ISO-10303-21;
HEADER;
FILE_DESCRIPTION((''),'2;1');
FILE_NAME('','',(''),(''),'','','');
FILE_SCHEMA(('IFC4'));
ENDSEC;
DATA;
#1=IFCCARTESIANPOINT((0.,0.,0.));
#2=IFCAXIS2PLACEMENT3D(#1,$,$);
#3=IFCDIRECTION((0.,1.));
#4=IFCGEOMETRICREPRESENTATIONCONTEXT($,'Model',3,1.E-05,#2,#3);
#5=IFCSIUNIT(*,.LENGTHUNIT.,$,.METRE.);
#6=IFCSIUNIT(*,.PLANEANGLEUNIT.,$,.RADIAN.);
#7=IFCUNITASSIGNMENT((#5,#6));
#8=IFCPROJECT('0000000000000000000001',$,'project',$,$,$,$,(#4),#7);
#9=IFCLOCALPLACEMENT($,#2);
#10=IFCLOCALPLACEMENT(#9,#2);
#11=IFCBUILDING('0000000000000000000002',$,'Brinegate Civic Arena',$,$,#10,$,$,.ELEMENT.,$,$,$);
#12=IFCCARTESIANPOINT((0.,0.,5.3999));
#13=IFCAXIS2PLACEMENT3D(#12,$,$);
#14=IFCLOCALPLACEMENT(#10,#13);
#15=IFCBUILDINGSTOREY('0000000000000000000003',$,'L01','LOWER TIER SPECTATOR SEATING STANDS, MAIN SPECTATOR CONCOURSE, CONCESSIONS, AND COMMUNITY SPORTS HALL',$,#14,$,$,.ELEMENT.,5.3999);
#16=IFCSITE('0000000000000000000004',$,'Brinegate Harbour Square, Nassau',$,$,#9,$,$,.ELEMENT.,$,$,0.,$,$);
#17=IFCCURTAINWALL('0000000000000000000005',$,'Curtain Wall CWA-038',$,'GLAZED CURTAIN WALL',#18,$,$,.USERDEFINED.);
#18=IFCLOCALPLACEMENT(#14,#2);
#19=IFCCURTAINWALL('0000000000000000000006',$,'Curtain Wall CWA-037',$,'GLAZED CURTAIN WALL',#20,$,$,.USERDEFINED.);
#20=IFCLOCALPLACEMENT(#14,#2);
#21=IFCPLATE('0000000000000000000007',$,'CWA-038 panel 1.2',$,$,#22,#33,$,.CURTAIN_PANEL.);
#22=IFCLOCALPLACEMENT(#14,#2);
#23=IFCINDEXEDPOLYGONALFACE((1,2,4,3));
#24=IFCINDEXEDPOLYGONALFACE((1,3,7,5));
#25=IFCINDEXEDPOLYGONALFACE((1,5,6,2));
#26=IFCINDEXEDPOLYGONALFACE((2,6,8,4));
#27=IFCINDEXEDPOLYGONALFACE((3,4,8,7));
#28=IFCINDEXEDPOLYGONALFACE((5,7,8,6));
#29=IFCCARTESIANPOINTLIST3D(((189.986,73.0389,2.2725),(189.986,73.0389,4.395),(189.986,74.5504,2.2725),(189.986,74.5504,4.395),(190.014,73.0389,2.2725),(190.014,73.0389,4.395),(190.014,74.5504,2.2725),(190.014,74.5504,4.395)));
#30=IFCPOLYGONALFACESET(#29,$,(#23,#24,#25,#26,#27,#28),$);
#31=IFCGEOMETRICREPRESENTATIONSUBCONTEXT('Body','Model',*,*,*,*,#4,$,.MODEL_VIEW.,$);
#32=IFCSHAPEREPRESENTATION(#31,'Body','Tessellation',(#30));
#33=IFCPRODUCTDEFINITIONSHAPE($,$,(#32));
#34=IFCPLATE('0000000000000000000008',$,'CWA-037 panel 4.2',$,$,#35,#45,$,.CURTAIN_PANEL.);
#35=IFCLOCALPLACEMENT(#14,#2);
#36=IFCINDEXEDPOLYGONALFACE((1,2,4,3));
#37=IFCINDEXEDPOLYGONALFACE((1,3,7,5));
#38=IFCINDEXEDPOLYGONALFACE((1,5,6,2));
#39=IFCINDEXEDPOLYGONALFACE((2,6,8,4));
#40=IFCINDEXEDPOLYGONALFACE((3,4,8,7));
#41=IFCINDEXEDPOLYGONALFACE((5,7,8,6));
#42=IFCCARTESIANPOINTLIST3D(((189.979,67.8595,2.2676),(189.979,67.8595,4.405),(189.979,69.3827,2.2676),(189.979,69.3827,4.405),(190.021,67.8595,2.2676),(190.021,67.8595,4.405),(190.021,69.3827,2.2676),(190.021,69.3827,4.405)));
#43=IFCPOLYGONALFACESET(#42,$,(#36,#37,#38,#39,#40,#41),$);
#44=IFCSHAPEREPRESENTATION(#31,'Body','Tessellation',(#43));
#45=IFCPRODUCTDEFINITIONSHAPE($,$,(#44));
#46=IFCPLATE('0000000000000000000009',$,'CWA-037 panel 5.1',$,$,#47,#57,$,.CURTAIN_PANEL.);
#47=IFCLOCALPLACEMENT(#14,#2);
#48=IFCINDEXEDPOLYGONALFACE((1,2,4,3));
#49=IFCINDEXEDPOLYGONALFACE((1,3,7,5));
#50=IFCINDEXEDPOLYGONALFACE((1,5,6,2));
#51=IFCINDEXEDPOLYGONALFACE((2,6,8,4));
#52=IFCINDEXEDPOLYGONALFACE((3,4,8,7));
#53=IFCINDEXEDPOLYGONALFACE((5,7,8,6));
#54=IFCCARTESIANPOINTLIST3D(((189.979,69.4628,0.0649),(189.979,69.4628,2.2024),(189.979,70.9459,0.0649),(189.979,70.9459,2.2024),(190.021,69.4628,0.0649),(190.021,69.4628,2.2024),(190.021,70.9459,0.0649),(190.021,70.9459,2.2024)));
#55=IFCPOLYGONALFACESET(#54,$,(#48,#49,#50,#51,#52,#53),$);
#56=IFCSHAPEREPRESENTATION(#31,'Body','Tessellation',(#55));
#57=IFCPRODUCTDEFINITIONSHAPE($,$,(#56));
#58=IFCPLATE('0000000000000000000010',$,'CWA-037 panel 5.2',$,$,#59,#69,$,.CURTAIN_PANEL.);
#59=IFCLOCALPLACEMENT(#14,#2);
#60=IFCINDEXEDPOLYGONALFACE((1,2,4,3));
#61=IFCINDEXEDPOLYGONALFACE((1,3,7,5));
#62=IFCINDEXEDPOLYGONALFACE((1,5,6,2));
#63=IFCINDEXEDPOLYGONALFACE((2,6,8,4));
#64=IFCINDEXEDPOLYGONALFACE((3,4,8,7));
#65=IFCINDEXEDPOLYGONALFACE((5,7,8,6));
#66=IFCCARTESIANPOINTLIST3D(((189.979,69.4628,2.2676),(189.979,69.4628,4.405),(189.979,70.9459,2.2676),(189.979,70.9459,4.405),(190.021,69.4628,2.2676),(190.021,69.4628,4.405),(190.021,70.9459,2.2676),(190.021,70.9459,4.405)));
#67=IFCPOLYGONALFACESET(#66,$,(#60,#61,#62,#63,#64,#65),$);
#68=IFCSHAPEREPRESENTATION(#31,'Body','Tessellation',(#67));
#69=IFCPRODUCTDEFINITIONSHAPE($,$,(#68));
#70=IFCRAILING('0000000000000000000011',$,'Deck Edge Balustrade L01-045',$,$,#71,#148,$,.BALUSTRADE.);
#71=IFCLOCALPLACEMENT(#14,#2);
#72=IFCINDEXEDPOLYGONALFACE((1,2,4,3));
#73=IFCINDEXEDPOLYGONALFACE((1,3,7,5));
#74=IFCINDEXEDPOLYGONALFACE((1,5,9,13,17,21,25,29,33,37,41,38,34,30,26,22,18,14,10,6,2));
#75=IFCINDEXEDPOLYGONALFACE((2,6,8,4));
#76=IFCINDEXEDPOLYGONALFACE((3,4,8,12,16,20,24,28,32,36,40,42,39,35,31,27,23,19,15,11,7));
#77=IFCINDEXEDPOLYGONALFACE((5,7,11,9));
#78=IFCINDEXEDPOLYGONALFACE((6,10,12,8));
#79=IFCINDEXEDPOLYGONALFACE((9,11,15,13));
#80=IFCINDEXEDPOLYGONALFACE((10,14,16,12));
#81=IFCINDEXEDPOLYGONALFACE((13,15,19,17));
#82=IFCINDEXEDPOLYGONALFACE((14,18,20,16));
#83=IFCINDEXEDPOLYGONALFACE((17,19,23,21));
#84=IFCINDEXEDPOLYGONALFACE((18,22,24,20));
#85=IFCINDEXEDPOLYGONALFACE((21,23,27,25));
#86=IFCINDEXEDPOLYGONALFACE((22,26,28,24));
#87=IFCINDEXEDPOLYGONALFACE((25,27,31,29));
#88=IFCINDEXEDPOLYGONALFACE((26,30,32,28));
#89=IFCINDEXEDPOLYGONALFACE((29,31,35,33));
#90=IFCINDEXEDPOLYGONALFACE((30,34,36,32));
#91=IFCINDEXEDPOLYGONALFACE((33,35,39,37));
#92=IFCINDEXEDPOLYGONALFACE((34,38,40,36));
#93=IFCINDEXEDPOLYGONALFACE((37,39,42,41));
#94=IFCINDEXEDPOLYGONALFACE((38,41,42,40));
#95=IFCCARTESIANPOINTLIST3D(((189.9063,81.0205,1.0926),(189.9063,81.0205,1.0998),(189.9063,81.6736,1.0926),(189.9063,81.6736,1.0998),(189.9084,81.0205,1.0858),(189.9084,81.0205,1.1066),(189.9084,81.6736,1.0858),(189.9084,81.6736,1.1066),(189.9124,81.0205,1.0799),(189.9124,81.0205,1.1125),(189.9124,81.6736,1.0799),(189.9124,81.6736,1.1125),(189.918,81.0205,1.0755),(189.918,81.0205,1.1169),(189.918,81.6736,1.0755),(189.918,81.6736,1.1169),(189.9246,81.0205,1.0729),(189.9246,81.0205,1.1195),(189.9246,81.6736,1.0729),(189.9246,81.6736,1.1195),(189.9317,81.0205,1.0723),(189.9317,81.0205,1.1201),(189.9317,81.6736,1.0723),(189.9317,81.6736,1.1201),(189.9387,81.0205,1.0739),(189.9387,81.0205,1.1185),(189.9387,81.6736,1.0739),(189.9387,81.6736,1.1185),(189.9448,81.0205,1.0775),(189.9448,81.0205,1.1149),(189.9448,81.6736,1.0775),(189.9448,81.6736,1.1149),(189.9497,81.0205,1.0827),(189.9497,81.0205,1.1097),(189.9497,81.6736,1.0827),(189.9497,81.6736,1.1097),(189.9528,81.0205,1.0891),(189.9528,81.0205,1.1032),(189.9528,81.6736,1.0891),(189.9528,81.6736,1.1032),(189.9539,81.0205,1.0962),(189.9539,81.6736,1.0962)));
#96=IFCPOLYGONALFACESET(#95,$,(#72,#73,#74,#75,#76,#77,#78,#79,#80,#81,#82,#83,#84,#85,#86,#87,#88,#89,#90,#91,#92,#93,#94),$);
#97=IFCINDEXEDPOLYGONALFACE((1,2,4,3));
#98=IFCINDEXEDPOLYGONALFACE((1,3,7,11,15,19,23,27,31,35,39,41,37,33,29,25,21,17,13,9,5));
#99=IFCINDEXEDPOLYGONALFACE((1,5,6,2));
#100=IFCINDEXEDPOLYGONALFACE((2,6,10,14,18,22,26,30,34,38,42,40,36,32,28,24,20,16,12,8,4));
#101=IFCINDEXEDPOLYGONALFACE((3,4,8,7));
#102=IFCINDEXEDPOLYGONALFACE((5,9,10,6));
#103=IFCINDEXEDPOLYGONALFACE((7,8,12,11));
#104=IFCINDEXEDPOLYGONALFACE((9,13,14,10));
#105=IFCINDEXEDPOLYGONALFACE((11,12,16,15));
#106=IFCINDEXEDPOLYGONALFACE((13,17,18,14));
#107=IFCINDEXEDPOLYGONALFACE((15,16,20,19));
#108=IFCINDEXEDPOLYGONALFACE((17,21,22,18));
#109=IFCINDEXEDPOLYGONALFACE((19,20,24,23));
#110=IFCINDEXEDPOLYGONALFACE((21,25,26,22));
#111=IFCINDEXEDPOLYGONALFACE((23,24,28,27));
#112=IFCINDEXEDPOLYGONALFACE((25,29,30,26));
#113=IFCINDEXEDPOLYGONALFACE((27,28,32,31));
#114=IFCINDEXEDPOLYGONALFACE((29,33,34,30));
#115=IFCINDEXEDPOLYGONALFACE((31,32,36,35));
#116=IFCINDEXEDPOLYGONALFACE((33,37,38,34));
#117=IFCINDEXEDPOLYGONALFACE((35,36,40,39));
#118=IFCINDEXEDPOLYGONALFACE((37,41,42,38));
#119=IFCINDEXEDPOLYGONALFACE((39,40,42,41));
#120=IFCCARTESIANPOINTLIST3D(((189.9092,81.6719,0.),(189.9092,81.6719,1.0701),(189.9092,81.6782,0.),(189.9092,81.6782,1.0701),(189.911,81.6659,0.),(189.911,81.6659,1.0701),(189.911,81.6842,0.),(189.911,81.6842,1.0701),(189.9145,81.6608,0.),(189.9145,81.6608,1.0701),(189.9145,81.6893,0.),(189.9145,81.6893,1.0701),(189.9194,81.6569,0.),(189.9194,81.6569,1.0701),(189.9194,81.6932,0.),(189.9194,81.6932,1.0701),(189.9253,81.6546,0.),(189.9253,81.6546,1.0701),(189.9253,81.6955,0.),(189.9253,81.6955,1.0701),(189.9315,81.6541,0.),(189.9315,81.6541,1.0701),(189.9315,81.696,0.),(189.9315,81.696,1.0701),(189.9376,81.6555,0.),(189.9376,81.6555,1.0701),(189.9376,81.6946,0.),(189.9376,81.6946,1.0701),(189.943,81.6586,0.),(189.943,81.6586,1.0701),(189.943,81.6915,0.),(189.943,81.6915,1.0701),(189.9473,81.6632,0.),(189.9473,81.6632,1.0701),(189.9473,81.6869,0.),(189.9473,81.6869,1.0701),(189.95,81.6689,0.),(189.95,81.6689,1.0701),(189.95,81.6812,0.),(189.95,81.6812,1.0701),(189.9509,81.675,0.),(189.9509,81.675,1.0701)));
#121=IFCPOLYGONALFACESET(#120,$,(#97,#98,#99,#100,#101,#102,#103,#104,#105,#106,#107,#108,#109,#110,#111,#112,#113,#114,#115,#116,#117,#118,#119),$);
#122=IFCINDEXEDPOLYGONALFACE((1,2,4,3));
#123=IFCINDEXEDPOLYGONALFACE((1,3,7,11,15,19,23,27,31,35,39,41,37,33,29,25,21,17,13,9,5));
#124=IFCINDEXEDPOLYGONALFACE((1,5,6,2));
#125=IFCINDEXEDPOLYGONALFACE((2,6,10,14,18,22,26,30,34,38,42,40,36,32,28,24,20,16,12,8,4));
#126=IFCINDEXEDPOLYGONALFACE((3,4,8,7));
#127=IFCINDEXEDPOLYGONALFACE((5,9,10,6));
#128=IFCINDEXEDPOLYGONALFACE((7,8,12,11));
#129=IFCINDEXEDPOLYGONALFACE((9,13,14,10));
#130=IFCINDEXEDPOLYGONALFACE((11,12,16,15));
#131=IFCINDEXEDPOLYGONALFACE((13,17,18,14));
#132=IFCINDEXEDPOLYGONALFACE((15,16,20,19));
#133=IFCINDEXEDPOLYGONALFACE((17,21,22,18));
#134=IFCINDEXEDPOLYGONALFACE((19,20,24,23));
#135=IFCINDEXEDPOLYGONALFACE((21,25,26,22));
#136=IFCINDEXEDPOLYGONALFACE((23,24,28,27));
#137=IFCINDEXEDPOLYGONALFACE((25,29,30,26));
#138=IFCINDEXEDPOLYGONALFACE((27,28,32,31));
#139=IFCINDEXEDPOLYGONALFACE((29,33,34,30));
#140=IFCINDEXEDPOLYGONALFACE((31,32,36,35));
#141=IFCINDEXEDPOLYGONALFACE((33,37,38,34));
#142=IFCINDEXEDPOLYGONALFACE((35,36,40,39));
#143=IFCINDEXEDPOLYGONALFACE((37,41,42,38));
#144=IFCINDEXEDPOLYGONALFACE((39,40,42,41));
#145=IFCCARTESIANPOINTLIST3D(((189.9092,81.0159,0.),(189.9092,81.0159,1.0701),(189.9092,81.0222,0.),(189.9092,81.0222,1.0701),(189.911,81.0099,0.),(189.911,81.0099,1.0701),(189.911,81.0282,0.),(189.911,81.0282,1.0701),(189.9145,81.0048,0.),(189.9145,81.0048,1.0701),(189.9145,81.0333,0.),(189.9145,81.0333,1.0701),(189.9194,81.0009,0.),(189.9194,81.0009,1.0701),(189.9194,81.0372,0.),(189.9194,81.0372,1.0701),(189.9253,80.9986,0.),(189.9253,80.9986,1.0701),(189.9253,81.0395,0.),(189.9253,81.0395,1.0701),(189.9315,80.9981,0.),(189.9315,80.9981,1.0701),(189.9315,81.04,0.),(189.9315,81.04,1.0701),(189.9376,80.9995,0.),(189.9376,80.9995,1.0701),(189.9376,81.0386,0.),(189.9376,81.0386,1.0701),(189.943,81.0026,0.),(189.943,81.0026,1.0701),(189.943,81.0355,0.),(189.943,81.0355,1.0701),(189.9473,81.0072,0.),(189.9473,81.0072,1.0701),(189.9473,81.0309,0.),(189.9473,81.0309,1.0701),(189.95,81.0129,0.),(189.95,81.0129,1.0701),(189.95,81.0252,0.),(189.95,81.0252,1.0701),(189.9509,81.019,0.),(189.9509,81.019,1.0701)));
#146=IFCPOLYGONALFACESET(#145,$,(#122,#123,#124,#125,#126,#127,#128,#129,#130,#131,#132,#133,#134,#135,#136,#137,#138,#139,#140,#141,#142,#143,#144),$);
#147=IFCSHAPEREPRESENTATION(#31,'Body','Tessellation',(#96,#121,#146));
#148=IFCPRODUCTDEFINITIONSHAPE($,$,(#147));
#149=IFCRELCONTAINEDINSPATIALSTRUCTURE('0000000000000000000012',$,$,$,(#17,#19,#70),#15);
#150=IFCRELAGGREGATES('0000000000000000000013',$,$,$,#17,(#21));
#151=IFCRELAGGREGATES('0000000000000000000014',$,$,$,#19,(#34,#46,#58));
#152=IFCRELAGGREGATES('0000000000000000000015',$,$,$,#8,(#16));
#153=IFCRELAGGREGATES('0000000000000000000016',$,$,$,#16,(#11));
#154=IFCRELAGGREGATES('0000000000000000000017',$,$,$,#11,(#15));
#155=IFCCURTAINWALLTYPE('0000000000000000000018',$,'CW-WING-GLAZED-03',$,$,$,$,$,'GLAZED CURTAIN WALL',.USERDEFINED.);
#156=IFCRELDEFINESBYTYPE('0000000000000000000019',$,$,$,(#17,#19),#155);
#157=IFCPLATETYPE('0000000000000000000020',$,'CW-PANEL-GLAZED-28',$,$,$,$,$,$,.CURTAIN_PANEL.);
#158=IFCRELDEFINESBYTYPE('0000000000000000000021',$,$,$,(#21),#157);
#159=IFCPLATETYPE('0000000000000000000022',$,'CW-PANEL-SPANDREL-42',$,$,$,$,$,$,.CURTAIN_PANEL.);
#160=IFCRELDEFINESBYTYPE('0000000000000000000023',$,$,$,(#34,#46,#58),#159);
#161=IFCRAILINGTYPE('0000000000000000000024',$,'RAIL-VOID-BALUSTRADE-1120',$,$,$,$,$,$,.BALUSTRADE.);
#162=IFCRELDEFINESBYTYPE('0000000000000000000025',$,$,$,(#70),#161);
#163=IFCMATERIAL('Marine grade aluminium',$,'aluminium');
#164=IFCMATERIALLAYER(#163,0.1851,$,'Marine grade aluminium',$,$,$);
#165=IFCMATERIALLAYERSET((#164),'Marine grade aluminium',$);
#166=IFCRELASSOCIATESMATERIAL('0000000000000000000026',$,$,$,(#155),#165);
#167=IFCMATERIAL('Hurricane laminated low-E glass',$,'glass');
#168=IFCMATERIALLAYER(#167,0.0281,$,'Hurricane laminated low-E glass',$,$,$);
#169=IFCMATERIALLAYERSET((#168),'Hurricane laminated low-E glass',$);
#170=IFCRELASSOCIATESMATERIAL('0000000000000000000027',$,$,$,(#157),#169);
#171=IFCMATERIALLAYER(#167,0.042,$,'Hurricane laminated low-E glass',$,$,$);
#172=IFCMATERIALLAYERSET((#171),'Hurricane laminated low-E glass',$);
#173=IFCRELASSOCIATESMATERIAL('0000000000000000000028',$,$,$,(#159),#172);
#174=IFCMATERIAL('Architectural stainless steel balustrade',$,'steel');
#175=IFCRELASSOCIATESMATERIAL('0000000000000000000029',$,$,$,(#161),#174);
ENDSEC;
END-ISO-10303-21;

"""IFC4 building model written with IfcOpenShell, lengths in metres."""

from ifc_helpers import new_model, si_unit, direction, frame, origin, origin_2d, place, context, subcontext, project, spatial, rectangle, circle, extrude, material, layer, layer_set, type_object, element, aggregate, save


model = new_model("IFC4")

# Units and contexts
model_context = context("Model", 3, precision=1e-05, world=origin(), true_north=direction((0.0, 1.0)))
body_context = subcontext(model_context, "Body", "Model", "MODEL_VIEW")
ifc_project = project(units=[si_unit("LENGTHUNIT", "METRE"), si_unit("PLANEANGLEUNIT", "RADIAN")], contexts=[model_context])

# Site, building, storey
site_placement = place(None, origin())
site = spatial("IfcSite", under=ifc_project, at=site_placement, Name="Brinegate Harbour Square, Nassau", CompositionType="ELEMENT", RefElevation=0.0)
building_placement = place(site_placement, origin())
building = spatial("IfcBuilding", under=site, at=building_placement, Name="Brinegate Civic Arena", CompositionType="ELEMENT")
storey_placement = place(building_placement, frame((0.0, 0.0, 5.3999)))
storey = spatial("IfcBuildingStorey", under=building, at=storey_placement, Name="L01", Description="LOWER TIER SPECTATOR SEATING STANDS, MAIN SPECTATOR CONCOURSE, CONCESSIONS, AND COMMUNITY SPORTS HALL", CompositionType="ELEMENT", Elevation=5.3999)

# Curtain walls
ifc_material_1 = material(Name="Marine grade aluminium", Category="aluminium")
ifc_layer_1 = layer(ifc_material_1, 0.1851, Name="Marine grade aluminium")
ifc_layer_set_1 = layer_set([ifc_layer_1], Name="Marine grade aluminium")
curtain_wall_type = type_object("IfcCurtainWallType", Name="CW-WING-GLAZED-03", ElementType="GLAZED CURTAIN WALL", PredefinedType="USERDEFINED", material=ifc_layer_set_1)
curtain_wall_1_placement = place(storey_placement, origin())
curtain_wall_1 = element("IfcCurtainWall", 1, at=curtain_wall_1_placement, inside=storey, type_object=curtain_wall_type, Name="Curtain Wall CWA-038", ObjectType="GLAZED CURTAIN WALL", PredefinedType="USERDEFINED")
curtain_wall_2_placement = place(storey_placement, origin())
curtain_wall_2 = element("IfcCurtainWall", 2, at=curtain_wall_2_placement, inside=storey, type_object=curtain_wall_type, Name="Curtain Wall CWA-037", ObjectType="GLAZED CURTAIN WALL", PredefinedType="USERDEFINED")

# Plates
ifc_material_2 = material(Name="Hurricane laminated low-E glass", Category="glass")
ifc_layer_2 = layer(ifc_material_2, 0.0281, Name="Hurricane laminated low-E glass")
ifc_layer_set_2 = layer_set([ifc_layer_2], Name="Hurricane laminated low-E glass")
plate_type_1 = type_object("IfcPlateType", Name="CW-PANEL-GLAZED-28", PredefinedType="CURTAIN_PANEL", material=ifc_layer_set_2)
plate_1_placement = place(storey_placement, frame((190.0, 73.7947, 2.2725), z_axis=(0.0, 0.0, 1.0), x_axis=(0.0, 1.0, 0.0)))
plate_1 = element("IfcPlate", 3, at=plate_1_placement, type_object=plate_type_1, Name="CWA-038 panel 1.2", PredefinedType="CURTAIN_PANEL", context=body_context, shape_type="SweptSolid", body=[
    extrude(rectangle(XDim=1.5115, YDim=0.0281, at=origin_2d()), origin(), (0.0, 0.0, 1.0), 2.1226),
])
aggregate(curtain_wall_1, [plate_1])
ifc_layer_3 = layer(ifc_material_2, 0.042, Name="Hurricane laminated low-E glass")
ifc_layer_set_3 = layer_set([ifc_layer_3], Name="Hurricane laminated low-E glass")
plate_type_2 = type_object("IfcPlateType", Name="CW-PANEL-SPANDREL-42", PredefinedType="CURTAIN_PANEL", material=ifc_layer_set_3)
plate_2_placement = place(storey_placement, frame((190.0, 68.6211, 2.2676), z_axis=(0.0, 0.0, 1.0), x_axis=(0.0, 1.0, 0.0)))
plate_2 = element("IfcPlate", 4, at=plate_2_placement, type_object=plate_type_2, Name="CWA-037 panel 4.2", PredefinedType="CURTAIN_PANEL", context=body_context, shape_type="SweptSolid", body=[
    extrude(rectangle(XDim=1.5232, YDim=0.042, at=origin_2d()), origin(), (0.0, 0.0, 1.0), 2.1375),
])
plate_3_placement = place(storey_placement, frame((190.0, 70.2043, 0.0649), z_axis=(0.0, 0.0, 1.0), x_axis=(0.0, 1.0, 0.0)))
plate_3 = element("IfcPlate", 5, at=plate_3_placement, type_object=plate_type_2, Name="CWA-037 panel 5.1", PredefinedType="CURTAIN_PANEL", context=body_context, shape_type="SweptSolid", body=[
    extrude(rectangle(XDim=1.4832, YDim=0.042, at=origin_2d()), origin(), (0.0, 0.0, 1.0), 2.1375),
])
plate_4_placement = place(storey_placement, frame((190.0, 70.2043, 2.2676), z_axis=(0.0, 0.0, 1.0), x_axis=(0.0, 1.0, 0.0)))
plate_4 = element("IfcPlate", 6, at=plate_4_placement, type_object=plate_type_2, Name="CWA-037 panel 5.2", PredefinedType="CURTAIN_PANEL", context=body_context, shape_type="SweptSolid", body=[
    extrude(rectangle(XDim=1.4832, YDim=0.042, at=origin_2d()), origin(), (0.0, 0.0, 1.0), 2.1375),
])
aggregate(curtain_wall_2, [plate_2, plate_3, plate_4])

# Railing
ifc_material_3 = material(Name="Architectural stainless steel balustrade", Category="steel")
railing_type = type_object("IfcRailingType", Name="RAIL-VOID-BALUSTRADE-1120", PredefinedType="BALUSTRADE", material=ifc_material_3)
railing_placement = place(storey_placement, frame((189.9299, 81.675, 0.0)))
element("IfcRailing", 7, at=railing_placement, inside=storey, type_object=railing_type, Name="Deck Edge Balustrade L01-045", PredefinedType="BALUSTRADE", context=body_context, shape_type="SweptSolid", body=[
    extrude(circle(Radius=0.0239, at=origin_2d()), frame((0.0, -0.0015, 1.0962), z_axis=(0.0, -1.0, 0.0), x_axis=(1.0, 0.0, 0.0)), (0.0, 0.0, 1.0), 0.6531),
    extrude(circle(Radius=0.021, at=origin_2d()), origin(), (0.0, 0.0, 1.0), 1.0701),
    extrude(circle(Radius=0.021, at=origin_2d()), frame((0.0, -0.656, 0.0)), (0.0, 0.0, 1.0), 1.0701),
])

save(model, "model.ifc")
